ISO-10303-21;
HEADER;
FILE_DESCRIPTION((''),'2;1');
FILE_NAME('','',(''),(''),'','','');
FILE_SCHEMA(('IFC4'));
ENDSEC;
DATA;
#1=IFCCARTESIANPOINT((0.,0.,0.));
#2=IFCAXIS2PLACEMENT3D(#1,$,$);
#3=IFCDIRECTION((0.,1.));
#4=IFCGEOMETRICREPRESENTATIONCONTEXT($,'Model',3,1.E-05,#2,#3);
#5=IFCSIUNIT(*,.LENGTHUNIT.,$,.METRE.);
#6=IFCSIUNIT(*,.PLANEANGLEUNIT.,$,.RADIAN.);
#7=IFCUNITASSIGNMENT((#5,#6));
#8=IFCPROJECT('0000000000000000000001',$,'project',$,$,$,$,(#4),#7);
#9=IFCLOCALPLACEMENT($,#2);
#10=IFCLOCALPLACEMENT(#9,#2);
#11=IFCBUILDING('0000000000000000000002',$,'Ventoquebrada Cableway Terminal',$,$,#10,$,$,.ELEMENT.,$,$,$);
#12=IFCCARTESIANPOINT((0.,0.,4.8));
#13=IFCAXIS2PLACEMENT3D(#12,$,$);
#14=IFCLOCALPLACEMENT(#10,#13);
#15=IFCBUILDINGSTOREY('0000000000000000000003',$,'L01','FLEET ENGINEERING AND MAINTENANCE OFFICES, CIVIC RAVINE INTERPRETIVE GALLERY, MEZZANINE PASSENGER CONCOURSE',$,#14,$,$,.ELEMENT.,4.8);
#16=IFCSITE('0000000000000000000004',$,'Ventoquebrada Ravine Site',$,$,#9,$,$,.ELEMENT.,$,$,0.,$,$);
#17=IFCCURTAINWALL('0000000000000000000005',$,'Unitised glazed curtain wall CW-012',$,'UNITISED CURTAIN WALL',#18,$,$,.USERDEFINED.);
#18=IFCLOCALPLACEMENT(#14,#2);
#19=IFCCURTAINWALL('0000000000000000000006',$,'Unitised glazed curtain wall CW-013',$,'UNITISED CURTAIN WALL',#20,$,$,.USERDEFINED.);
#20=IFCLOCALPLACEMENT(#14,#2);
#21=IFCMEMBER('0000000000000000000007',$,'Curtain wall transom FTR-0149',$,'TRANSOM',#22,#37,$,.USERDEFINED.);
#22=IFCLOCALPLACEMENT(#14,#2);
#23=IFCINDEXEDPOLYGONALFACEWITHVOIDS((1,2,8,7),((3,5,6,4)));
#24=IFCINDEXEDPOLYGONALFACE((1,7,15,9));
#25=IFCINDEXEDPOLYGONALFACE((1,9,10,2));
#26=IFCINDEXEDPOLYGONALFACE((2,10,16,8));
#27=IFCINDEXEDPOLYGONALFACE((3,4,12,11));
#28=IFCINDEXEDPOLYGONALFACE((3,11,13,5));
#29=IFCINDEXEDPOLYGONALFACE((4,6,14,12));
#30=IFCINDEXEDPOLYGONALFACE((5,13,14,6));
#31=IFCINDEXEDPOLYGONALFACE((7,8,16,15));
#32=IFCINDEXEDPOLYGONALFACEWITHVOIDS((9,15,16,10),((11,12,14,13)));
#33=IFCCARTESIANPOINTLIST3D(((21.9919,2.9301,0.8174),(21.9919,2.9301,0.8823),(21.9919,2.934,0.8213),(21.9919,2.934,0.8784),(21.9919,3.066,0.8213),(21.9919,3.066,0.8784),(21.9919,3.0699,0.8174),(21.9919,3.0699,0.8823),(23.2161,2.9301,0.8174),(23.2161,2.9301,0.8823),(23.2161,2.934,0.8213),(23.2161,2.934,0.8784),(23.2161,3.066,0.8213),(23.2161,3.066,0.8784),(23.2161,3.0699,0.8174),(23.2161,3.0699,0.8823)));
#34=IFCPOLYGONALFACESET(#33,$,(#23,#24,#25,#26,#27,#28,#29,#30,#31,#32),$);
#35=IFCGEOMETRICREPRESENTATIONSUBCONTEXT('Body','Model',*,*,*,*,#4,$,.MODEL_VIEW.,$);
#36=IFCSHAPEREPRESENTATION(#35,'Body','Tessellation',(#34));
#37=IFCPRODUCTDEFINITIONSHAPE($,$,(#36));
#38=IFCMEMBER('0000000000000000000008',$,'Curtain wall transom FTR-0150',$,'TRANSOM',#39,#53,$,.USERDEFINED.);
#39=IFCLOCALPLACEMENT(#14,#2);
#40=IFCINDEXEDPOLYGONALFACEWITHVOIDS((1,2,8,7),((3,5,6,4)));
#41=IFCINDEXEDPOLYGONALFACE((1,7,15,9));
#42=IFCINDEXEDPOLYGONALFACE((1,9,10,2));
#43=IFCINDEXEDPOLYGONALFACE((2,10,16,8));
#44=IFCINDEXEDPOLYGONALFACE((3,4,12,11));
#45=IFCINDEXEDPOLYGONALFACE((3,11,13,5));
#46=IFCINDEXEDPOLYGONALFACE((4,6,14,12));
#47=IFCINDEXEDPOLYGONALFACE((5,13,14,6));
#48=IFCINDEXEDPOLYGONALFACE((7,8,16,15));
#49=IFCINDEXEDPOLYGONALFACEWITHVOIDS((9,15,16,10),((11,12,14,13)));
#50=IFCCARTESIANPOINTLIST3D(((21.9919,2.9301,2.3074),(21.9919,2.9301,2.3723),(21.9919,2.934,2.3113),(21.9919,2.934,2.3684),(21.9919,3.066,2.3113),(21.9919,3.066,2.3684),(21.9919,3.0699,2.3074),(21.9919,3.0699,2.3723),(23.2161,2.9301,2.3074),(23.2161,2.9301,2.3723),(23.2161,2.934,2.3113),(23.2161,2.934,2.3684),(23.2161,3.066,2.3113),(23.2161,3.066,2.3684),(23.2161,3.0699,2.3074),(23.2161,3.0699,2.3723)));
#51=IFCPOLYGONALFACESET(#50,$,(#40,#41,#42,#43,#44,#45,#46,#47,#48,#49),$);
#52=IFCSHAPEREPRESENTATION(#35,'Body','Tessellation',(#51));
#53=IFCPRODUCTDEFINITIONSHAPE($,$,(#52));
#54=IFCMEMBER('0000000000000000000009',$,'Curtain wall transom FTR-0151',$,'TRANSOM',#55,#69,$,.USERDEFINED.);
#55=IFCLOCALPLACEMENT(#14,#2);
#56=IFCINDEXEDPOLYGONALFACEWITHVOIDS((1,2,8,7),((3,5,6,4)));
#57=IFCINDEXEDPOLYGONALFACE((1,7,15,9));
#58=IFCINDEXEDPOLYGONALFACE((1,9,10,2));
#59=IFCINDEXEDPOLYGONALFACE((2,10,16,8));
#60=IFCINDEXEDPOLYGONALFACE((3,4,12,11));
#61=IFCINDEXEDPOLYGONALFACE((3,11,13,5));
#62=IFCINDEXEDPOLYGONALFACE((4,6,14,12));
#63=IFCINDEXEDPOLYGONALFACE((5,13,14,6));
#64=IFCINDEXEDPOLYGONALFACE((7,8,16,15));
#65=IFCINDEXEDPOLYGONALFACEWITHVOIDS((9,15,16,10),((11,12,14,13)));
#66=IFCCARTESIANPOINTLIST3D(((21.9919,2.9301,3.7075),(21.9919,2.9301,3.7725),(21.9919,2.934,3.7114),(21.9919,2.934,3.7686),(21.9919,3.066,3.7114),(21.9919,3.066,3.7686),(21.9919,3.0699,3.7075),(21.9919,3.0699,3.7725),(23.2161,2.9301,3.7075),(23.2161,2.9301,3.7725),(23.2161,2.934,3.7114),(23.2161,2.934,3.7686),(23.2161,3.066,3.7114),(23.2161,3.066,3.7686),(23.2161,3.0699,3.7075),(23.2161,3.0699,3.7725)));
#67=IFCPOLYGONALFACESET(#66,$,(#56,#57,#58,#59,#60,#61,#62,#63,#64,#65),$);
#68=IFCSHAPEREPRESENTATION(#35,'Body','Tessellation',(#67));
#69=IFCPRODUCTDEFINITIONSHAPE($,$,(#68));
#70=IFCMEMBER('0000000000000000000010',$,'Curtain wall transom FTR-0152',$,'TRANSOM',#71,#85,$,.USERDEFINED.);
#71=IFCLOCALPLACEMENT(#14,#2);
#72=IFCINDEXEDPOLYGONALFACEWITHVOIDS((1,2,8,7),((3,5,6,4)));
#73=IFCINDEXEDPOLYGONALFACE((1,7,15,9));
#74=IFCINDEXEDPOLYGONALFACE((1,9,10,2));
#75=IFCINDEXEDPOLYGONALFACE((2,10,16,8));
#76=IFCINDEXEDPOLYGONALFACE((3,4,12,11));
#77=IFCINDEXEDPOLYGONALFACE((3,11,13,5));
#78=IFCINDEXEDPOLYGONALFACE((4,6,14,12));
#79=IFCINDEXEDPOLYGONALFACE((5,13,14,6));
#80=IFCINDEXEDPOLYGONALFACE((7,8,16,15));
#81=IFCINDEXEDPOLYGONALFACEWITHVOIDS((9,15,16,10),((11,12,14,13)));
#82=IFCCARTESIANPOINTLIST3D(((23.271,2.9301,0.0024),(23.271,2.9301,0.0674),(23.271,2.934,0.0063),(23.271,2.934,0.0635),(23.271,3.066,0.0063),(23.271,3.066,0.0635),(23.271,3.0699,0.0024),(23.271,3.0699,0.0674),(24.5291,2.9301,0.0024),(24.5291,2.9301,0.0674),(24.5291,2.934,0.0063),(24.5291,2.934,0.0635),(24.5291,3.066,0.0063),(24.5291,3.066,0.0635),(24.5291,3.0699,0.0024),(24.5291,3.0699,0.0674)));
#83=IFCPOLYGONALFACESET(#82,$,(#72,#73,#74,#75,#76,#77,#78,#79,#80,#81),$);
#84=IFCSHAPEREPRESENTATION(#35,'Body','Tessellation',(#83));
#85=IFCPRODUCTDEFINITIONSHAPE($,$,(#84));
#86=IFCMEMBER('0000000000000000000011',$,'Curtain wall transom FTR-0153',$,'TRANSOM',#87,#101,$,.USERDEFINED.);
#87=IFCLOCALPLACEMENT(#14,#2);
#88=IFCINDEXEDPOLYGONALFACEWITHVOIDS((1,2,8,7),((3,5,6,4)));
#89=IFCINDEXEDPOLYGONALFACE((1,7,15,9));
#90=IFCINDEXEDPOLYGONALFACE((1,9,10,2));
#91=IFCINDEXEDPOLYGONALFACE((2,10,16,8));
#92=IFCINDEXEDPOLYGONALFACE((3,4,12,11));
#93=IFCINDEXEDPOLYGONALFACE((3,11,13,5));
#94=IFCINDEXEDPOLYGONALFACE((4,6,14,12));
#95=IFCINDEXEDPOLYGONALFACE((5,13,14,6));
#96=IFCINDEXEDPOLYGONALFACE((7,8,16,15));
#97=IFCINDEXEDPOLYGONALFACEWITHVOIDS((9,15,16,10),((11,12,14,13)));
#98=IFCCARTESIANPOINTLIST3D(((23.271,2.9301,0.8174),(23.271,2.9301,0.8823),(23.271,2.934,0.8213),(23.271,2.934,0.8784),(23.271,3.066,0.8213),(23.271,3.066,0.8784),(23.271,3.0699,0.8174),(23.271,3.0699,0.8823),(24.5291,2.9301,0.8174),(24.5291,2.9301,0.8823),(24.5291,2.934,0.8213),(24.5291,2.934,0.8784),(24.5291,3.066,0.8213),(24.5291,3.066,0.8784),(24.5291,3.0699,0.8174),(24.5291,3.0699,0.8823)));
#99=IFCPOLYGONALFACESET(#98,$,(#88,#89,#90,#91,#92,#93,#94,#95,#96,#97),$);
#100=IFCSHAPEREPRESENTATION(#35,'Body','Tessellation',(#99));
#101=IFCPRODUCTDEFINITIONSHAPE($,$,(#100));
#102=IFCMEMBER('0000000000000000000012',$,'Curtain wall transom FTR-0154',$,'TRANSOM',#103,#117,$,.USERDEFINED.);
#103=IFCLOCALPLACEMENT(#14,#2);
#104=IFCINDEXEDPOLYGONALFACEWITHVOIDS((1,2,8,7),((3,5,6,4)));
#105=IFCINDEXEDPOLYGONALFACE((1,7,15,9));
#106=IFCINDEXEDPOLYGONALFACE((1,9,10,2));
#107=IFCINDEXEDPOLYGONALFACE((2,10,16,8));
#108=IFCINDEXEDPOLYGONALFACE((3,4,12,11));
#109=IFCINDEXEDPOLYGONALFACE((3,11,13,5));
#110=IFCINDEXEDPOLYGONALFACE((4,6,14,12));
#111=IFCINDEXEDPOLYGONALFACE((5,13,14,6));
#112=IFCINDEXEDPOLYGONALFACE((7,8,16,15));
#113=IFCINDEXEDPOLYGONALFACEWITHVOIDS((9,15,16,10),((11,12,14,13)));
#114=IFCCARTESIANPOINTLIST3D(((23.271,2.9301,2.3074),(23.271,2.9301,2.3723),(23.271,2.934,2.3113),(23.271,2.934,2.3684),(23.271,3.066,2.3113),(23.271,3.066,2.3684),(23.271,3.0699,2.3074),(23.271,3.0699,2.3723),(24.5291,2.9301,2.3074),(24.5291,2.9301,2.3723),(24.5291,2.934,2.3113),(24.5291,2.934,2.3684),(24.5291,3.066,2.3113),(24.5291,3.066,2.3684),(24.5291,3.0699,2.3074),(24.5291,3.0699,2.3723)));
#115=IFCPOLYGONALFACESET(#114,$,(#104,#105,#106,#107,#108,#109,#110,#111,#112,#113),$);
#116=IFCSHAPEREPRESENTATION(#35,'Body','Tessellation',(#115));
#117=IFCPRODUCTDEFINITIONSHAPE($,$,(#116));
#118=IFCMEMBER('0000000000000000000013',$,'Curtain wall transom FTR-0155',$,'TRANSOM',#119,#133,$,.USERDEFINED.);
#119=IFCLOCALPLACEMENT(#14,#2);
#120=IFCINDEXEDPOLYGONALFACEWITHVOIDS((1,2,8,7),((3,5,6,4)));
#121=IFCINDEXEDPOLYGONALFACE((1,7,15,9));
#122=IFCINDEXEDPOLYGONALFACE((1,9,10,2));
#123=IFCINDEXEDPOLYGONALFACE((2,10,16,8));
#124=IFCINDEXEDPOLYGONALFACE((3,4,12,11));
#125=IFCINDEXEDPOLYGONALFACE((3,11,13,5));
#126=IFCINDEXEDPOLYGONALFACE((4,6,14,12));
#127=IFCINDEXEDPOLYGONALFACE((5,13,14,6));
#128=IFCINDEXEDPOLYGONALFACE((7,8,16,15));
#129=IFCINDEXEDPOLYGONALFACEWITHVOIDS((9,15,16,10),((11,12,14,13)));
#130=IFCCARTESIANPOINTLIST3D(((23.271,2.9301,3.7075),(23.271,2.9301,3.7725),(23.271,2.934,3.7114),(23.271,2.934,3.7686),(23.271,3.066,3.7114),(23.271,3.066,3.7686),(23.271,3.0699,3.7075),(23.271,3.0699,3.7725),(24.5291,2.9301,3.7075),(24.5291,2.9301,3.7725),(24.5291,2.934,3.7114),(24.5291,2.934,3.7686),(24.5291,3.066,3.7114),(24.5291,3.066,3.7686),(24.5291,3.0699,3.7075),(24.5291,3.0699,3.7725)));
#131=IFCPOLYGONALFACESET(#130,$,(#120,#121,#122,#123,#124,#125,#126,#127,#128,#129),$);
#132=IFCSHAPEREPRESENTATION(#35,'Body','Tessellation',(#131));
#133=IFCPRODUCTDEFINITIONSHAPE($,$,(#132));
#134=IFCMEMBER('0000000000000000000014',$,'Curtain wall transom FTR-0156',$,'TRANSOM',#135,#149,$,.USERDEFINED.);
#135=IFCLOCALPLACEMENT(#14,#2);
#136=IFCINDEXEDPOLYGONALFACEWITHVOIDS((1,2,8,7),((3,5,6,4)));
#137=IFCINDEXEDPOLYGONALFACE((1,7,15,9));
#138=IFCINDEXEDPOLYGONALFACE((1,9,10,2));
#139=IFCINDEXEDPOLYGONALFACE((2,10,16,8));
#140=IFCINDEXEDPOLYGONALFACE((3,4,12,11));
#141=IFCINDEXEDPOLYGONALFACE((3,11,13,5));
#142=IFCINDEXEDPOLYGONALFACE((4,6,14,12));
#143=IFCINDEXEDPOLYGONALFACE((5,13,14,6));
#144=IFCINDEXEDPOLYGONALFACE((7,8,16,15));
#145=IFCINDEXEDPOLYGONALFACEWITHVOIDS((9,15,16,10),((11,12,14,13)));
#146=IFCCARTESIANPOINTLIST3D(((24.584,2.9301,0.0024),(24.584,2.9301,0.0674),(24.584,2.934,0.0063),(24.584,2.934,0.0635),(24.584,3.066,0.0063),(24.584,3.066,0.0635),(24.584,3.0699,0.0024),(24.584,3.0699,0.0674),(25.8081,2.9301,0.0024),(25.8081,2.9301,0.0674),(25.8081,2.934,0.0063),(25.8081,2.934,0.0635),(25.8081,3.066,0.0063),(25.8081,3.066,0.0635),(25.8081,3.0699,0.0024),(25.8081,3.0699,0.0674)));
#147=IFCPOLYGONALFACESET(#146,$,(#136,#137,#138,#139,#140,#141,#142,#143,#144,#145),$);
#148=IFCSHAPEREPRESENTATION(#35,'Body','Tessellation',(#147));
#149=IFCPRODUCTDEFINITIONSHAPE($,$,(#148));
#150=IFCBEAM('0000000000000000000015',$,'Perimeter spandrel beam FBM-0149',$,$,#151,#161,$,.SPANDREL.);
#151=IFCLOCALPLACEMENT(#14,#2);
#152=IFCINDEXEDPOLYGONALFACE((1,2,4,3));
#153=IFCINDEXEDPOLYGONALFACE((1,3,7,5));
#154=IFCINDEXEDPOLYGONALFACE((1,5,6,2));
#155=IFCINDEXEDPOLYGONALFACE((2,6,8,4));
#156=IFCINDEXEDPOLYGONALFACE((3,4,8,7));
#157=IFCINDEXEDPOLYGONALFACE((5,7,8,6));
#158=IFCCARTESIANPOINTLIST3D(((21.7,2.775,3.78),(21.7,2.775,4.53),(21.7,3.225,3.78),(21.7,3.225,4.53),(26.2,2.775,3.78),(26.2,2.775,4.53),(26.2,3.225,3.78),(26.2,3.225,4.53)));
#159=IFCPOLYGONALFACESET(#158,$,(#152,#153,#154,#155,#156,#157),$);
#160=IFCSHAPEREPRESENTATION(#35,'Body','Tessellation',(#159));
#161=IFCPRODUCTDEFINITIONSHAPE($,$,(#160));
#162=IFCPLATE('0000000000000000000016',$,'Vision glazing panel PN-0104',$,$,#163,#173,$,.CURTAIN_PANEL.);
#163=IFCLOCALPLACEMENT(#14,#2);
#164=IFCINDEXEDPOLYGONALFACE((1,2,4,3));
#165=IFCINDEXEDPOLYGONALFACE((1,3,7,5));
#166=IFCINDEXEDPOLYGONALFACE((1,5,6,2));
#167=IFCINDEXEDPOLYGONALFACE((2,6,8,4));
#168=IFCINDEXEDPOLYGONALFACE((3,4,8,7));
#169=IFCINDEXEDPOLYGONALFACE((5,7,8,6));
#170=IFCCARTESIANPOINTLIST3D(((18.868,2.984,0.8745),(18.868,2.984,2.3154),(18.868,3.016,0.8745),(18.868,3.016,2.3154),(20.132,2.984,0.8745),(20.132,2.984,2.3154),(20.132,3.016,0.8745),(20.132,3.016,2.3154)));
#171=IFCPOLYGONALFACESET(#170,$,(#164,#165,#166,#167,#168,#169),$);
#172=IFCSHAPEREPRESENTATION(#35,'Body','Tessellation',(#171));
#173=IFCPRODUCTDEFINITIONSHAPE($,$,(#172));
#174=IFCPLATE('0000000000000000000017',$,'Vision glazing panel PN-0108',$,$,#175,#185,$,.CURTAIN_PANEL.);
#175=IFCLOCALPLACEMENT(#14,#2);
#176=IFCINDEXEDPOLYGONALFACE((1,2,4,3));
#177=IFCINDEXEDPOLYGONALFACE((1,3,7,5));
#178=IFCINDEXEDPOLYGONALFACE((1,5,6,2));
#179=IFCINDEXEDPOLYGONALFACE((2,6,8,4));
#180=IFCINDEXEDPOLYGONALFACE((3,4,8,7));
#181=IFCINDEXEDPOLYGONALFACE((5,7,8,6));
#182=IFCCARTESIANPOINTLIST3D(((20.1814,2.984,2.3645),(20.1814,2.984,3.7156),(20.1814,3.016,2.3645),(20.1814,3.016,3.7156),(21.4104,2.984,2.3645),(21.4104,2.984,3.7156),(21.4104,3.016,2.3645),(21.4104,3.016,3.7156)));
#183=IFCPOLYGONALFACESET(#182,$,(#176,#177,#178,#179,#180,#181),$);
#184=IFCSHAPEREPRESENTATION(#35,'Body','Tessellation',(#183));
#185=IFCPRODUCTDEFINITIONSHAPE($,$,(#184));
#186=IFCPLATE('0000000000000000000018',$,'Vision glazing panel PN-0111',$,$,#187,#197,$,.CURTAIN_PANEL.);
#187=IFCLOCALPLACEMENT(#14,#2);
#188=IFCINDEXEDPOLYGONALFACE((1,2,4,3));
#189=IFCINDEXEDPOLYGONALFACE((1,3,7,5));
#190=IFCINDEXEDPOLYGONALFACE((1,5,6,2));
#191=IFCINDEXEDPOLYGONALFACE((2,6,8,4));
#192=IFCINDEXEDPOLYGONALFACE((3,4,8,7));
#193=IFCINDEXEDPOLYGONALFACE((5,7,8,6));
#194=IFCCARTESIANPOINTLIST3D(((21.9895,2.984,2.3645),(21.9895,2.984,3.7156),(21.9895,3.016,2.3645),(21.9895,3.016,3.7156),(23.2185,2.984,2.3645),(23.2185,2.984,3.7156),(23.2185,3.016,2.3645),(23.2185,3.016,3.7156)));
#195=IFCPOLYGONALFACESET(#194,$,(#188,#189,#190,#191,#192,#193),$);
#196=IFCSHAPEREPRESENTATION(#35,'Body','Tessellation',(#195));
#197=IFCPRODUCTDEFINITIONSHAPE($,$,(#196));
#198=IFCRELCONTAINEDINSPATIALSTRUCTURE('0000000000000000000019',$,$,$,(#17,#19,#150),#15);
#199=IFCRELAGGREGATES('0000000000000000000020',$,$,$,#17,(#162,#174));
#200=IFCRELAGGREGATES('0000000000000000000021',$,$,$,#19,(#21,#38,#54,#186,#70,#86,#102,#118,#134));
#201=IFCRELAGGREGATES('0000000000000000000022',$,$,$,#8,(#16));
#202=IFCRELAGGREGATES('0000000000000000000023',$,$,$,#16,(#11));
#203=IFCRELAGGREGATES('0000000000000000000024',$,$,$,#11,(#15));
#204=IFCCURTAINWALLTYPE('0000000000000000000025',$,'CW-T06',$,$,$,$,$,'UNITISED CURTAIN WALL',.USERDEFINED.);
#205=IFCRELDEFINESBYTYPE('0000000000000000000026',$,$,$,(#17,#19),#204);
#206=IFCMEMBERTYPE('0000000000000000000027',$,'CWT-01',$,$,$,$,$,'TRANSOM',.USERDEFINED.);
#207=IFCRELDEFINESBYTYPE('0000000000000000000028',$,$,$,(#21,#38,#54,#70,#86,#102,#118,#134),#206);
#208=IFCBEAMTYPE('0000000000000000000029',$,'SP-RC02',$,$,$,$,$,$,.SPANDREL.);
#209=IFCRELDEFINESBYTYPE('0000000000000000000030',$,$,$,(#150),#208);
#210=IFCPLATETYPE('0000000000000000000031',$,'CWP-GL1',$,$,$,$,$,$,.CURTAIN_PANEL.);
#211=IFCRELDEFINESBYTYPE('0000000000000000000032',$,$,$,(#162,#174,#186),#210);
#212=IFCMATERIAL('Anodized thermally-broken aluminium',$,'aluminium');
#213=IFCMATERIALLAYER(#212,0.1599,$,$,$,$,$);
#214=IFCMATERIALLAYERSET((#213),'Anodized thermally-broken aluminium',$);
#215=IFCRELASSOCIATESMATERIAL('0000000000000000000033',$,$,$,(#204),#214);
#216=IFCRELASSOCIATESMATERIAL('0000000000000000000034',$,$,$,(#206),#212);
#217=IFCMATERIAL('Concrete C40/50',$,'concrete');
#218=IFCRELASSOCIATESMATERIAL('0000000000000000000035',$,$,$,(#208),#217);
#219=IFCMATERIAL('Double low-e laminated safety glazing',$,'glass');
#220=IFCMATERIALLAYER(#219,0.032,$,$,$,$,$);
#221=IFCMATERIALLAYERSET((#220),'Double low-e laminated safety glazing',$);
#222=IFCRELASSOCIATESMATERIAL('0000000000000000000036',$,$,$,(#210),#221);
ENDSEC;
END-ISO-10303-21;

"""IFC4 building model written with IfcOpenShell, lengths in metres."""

from ifc_helpers import new_model, si_unit, direction, frame, origin, origin_2d, place, context, subcontext, project, spatial, rectangle, hollow_rectangle, extrude, material, layer, layer_set, material_profile, profile_set, type_object, element, aggregate, save


model = new_model("IFC4")

# Units and contexts
model_context = context("Model", 3, precision=1e-05, world=origin(), true_north=direction((0.0, 1.0)))
body_context = subcontext(model_context, "Body", "Model", "MODEL_VIEW")
ifc_project = project(units=[si_unit("LENGTHUNIT", "METRE"), si_unit("PLANEANGLEUNIT", "RADIAN")], contexts=[model_context])

# Site, building, storey
site_placement = place(None, origin())
site = spatial("IfcSite", under=ifc_project, at=site_placement, Name="Ventoquebrada Ravine Site", CompositionType="ELEMENT", RefElevation=0.0)
building_placement = place(site_placement, origin())
building = spatial("IfcBuilding", under=site, at=building_placement, Name="Ventoquebrada Cableway Terminal", CompositionType="ELEMENT")
storey_placement = place(building_placement, frame((0.0, 0.0, 4.8)))
storey = spatial("IfcBuildingStorey", under=building, at=storey_placement, Name="L01", Description="FLEET ENGINEERING AND MAINTENANCE OFFICES, CIVIC RAVINE INTERPRETIVE GALLERY, MEZZANINE PASSENGER CONCOURSE", CompositionType="ELEMENT", Elevation=4.8)

# Shared definitions
ifc_material_1 = material(Name="Concrete C40/50", Category="concrete")

# Curtain walls
ifc_material_2 = material(Name="Anodized thermally-broken aluminium", Category="aluminium")
ifc_layer_1 = layer(ifc_material_2, 0.1599)
ifc_layer_set_1 = layer_set([ifc_layer_1], Name="Anodized thermally-broken aluminium")
curtain_wall_type = type_object("IfcCurtainWallType", Name="CW-T06", ElementType="UNITISED CURTAIN WALL", PredefinedType="USERDEFINED", material=ifc_layer_set_1)
curtain_wall_1_placement = place(storey_placement, origin())
curtain_wall_1 = element("IfcCurtainWall", 1, at=curtain_wall_1_placement, inside=storey, type_object=curtain_wall_type, Name="Unitised glazed curtain wall CW-012", ObjectType="UNITISED CURTAIN WALL", PredefinedType="USERDEFINED")
curtain_wall_2_placement = place(storey_placement, origin())
curtain_wall_2 = element("IfcCurtainWall", 2, at=curtain_wall_2_placement, inside=storey, type_object=curtain_wall_type, Name="Unitised glazed curtain wall CW-013", ObjectType="UNITISED CURTAIN WALL", PredefinedType="USERDEFINED")

# Members
ifc_material_profile_1 = material_profile(ifc_material_2, hollow_rectangle(XDim=0.0649, YDim=0.1399, WallThickness=0.0039, at=origin_2d()), Name="CW-TRN-65X140")
ifc_profile_set_1 = profile_set([ifc_material_profile_1], Name="Anodized thermally-broken aluminium")
member_type_1 = type_object("IfcMemberType", Name="CWT-01", ElementType="TRANSOM", PredefinedType="USERDEFINED", material=ifc_profile_set_1)
member_1_placement = place(storey_placement, frame((21.9919, 3.0, 0.8499), z_axis=(1.0, 0.0, 0.0), x_axis=(0.0, 0.0, 1.0)))
member_1 = element("IfcMember", 3, at=member_1_placement, type_object=member_type_1, Name="Curtain wall transom FTR-0149", ObjectType="TRANSOM", PredefinedType="USERDEFINED", context=body_context, shape_type="SweptSolid", body=[
    extrude(hollow_rectangle(XDim=0.0649, YDim=0.1399, WallThickness=0.0039, at=origin_2d()), origin(), (0.0, 0.0, 1.0), 1.2241),
])
member_2_placement = place(storey_placement, frame((21.9919, 3.0, 2.3398), z_axis=(1.0, 0.0, 0.0), x_axis=(0.0, 0.0, 1.0)))
member_2 = element("IfcMember", 4, at=member_2_placement, type_object=member_type_1, Name="Curtain wall transom FTR-0150", ObjectType="TRANSOM", PredefinedType="USERDEFINED", context=body_context, shape_type="SweptSolid", body=[
    extrude(hollow_rectangle(XDim=0.0649, YDim=0.1399, WallThickness=0.0039, at=origin_2d()), origin(), (0.0, 0.0, 1.0), 1.2241),
])
member_3_placement = place(storey_placement, frame((21.9919, 3.0, 3.74), z_axis=(1.0, 0.0, 0.0), x_axis=(0.0, 0.0, 1.0)))
member_3 = element("IfcMember", 5, at=member_3_placement, type_object=member_type_1, Name="Curtain wall transom FTR-0151", ObjectType="TRANSOM", PredefinedType="USERDEFINED", context=body_context, shape_type="SweptSolid", body=[
    extrude(hollow_rectangle(XDim=0.0649, YDim=0.1399, WallThickness=0.0039, at=origin_2d()), origin(), (0.0, 0.0, 1.0), 1.2241),
])
member_4_placement = place(storey_placement, frame((23.271, 3.0, 0.0349), z_axis=(1.0, 0.0, 0.0), x_axis=(0.0, 0.0, 1.0)))
member_4 = element("IfcMember", 6, at=member_4_placement, type_object=member_type_1, Name="Curtain wall transom FTR-0152", ObjectType="TRANSOM", PredefinedType="USERDEFINED", context=body_context, shape_type="SweptSolid", body=[
    extrude(hollow_rectangle(XDim=0.0649, YDim=0.1399, WallThickness=0.0039, at=origin_2d()), origin(), (0.0, 0.0, 1.0), 1.2581),
])
member_5_placement = place(storey_placement, frame((23.271, 3.0, 0.8499), z_axis=(1.0, 0.0, 0.0), x_axis=(0.0, 0.0, 1.0)))
member_5 = element("IfcMember", 7, at=member_5_placement, type_object=member_type_1, Name="Curtain wall transom FTR-0153", ObjectType="TRANSOM", PredefinedType="USERDEFINED", context=body_context, shape_type="SweptSolid", body=[
    extrude(hollow_rectangle(XDim=0.0649, YDim=0.1399, WallThickness=0.0039, at=origin_2d()), origin(), (0.0, 0.0, 1.0), 1.2581),
])
member_6_placement = place(storey_placement, frame((23.271, 3.0, 2.3398), z_axis=(1.0, 0.0, 0.0), x_axis=(0.0, 0.0, 1.0)))
member_6 = element("IfcMember", 8, at=member_6_placement, type_object=member_type_1, Name="Curtain wall transom FTR-0154", ObjectType="TRANSOM", PredefinedType="USERDEFINED", context=body_context, shape_type="SweptSolid", body=[
    extrude(hollow_rectangle(XDim=0.0649, YDim=0.1399, WallThickness=0.0039, at=origin_2d()), origin(), (0.0, 0.0, 1.0), 1.2581),
])
member_7_placement = place(storey_placement, frame((23.271, 3.0, 3.74), z_axis=(1.0, 0.0, 0.0), x_axis=(0.0, 0.0, 1.0)))
member_7 = element("IfcMember", 9, at=member_7_placement, type_object=member_type_1, Name="Curtain wall transom FTR-0155", ObjectType="TRANSOM", PredefinedType="USERDEFINED", context=body_context, shape_type="SweptSolid", body=[
    extrude(hollow_rectangle(XDim=0.0649, YDim=0.1399, WallThickness=0.0039, at=origin_2d()), origin(), (0.0, 0.0, 1.0), 1.2581),
])
member_8_placement = place(storey_placement, frame((24.584, 3.0, 0.0349), z_axis=(1.0, 0.0, 0.0), x_axis=(0.0, 0.0, 1.0)))
member_8 = element("IfcMember", 10, at=member_8_placement, type_object=member_type_1, Name="Curtain wall transom FTR-0156", ObjectType="TRANSOM", PredefinedType="USERDEFINED", context=body_context, shape_type="SweptSolid", body=[
    extrude(hollow_rectangle(XDim=0.0649, YDim=0.1399, WallThickness=0.0039, at=origin_2d()), origin(), (0.0, 0.0, 1.0), 1.2241),
])

# Beam
ifc_material_profile_2 = material_profile(ifc_material_1, rectangle(XDim=0.45, YDim=0.75, at=origin_2d()), Name="RC-BM-450X750")
ifc_profile_set_2 = profile_set([ifc_material_profile_2], Name="Concrete C40/50")
beam_type = type_object("IfcBeamType", Name="SP-RC02", PredefinedType="SPANDREL", material=ifc_profile_set_2)
beam_placement = place(storey_placement, frame((21.7, 3.0, 4.155), z_axis=(1.0, 0.0, 0.0), x_axis=(0.0, 1.0, 0.0)))
element("IfcBeam", 11, at=beam_placement, inside=storey, type_object=beam_type, Name="Perimeter spandrel beam FBM-0149", PredefinedType="SPANDREL", context=body_context, shape_type="SweptSolid", body=[
    extrude(rectangle(XDim=0.45, YDim=0.75, at=origin_2d()), origin(), (0.0, 0.0, 1.0), 4.5),
])

# Plates
ifc_material_3 = material(Name="Double low-e laminated safety glazing", Category="glass")
ifc_layer_2 = layer(ifc_material_3, 0.032)
ifc_layer_set_2 = layer_set([ifc_layer_2], Name="Double low-e laminated safety glazing")
plate_type_1 = type_object("IfcPlateType", Name="CWP-GL1", PredefinedType="CURTAIN_PANEL", material=ifc_layer_set_2)
plate_1_placement = place(storey_placement, frame((19.5, 3.0, 0.8745), z_axis=(0.0, 0.0, 1.0), x_axis=(1.0, 0.0, 0.0)))
plate_1 = element("IfcPlate", 12, at=plate_1_placement, type_object=plate_type_1, Name="Vision glazing panel PN-0104", PredefinedType="CURTAIN_PANEL", context=body_context, shape_type="SweptSolid", body=[
    extrude(rectangle(XDim=1.2639, YDim=0.032, at=origin_2d()), origin(), (0.0, 0.0, 1.0), 1.4409),
])
plate_2_placement = place(storey_placement, frame((20.7959, 3.0, 2.3645), z_axis=(0.0, 0.0, 1.0), x_axis=(1.0, 0.0, 0.0)))
plate_2 = element("IfcPlate", 13, at=plate_2_placement, type_object=plate_type_1, Name="Vision glazing panel PN-0108", PredefinedType="CURTAIN_PANEL", context=body_context, shape_type="SweptSolid", body=[
    extrude(rectangle(XDim=1.229, YDim=0.032, at=origin_2d()), origin(), (0.0, 0.0, 1.0), 1.3511),
])
plate_3_placement = place(storey_placement, frame((22.604, 3.0, 2.3645), z_axis=(0.0, 0.0, 1.0), x_axis=(1.0, 0.0, 0.0)))
plate_3 = element("IfcPlate", 14, at=plate_3_placement, type_object=plate_type_1, Name="Vision glazing panel PN-0111", PredefinedType="CURTAIN_PANEL", context=body_context, shape_type="SweptSolid", body=[
    extrude(rectangle(XDim=1.229, YDim=0.032, at=origin_2d()), origin(), (0.0, 0.0, 1.0), 1.3511),
])
aggregate(curtain_wall_1, [plate_1, plate_2])
aggregate(curtain_wall_2, [member_1, member_2, member_3, plate_3, member_4, member_5, member_6, member_7, member_8])

save(model, "model.ifc")
